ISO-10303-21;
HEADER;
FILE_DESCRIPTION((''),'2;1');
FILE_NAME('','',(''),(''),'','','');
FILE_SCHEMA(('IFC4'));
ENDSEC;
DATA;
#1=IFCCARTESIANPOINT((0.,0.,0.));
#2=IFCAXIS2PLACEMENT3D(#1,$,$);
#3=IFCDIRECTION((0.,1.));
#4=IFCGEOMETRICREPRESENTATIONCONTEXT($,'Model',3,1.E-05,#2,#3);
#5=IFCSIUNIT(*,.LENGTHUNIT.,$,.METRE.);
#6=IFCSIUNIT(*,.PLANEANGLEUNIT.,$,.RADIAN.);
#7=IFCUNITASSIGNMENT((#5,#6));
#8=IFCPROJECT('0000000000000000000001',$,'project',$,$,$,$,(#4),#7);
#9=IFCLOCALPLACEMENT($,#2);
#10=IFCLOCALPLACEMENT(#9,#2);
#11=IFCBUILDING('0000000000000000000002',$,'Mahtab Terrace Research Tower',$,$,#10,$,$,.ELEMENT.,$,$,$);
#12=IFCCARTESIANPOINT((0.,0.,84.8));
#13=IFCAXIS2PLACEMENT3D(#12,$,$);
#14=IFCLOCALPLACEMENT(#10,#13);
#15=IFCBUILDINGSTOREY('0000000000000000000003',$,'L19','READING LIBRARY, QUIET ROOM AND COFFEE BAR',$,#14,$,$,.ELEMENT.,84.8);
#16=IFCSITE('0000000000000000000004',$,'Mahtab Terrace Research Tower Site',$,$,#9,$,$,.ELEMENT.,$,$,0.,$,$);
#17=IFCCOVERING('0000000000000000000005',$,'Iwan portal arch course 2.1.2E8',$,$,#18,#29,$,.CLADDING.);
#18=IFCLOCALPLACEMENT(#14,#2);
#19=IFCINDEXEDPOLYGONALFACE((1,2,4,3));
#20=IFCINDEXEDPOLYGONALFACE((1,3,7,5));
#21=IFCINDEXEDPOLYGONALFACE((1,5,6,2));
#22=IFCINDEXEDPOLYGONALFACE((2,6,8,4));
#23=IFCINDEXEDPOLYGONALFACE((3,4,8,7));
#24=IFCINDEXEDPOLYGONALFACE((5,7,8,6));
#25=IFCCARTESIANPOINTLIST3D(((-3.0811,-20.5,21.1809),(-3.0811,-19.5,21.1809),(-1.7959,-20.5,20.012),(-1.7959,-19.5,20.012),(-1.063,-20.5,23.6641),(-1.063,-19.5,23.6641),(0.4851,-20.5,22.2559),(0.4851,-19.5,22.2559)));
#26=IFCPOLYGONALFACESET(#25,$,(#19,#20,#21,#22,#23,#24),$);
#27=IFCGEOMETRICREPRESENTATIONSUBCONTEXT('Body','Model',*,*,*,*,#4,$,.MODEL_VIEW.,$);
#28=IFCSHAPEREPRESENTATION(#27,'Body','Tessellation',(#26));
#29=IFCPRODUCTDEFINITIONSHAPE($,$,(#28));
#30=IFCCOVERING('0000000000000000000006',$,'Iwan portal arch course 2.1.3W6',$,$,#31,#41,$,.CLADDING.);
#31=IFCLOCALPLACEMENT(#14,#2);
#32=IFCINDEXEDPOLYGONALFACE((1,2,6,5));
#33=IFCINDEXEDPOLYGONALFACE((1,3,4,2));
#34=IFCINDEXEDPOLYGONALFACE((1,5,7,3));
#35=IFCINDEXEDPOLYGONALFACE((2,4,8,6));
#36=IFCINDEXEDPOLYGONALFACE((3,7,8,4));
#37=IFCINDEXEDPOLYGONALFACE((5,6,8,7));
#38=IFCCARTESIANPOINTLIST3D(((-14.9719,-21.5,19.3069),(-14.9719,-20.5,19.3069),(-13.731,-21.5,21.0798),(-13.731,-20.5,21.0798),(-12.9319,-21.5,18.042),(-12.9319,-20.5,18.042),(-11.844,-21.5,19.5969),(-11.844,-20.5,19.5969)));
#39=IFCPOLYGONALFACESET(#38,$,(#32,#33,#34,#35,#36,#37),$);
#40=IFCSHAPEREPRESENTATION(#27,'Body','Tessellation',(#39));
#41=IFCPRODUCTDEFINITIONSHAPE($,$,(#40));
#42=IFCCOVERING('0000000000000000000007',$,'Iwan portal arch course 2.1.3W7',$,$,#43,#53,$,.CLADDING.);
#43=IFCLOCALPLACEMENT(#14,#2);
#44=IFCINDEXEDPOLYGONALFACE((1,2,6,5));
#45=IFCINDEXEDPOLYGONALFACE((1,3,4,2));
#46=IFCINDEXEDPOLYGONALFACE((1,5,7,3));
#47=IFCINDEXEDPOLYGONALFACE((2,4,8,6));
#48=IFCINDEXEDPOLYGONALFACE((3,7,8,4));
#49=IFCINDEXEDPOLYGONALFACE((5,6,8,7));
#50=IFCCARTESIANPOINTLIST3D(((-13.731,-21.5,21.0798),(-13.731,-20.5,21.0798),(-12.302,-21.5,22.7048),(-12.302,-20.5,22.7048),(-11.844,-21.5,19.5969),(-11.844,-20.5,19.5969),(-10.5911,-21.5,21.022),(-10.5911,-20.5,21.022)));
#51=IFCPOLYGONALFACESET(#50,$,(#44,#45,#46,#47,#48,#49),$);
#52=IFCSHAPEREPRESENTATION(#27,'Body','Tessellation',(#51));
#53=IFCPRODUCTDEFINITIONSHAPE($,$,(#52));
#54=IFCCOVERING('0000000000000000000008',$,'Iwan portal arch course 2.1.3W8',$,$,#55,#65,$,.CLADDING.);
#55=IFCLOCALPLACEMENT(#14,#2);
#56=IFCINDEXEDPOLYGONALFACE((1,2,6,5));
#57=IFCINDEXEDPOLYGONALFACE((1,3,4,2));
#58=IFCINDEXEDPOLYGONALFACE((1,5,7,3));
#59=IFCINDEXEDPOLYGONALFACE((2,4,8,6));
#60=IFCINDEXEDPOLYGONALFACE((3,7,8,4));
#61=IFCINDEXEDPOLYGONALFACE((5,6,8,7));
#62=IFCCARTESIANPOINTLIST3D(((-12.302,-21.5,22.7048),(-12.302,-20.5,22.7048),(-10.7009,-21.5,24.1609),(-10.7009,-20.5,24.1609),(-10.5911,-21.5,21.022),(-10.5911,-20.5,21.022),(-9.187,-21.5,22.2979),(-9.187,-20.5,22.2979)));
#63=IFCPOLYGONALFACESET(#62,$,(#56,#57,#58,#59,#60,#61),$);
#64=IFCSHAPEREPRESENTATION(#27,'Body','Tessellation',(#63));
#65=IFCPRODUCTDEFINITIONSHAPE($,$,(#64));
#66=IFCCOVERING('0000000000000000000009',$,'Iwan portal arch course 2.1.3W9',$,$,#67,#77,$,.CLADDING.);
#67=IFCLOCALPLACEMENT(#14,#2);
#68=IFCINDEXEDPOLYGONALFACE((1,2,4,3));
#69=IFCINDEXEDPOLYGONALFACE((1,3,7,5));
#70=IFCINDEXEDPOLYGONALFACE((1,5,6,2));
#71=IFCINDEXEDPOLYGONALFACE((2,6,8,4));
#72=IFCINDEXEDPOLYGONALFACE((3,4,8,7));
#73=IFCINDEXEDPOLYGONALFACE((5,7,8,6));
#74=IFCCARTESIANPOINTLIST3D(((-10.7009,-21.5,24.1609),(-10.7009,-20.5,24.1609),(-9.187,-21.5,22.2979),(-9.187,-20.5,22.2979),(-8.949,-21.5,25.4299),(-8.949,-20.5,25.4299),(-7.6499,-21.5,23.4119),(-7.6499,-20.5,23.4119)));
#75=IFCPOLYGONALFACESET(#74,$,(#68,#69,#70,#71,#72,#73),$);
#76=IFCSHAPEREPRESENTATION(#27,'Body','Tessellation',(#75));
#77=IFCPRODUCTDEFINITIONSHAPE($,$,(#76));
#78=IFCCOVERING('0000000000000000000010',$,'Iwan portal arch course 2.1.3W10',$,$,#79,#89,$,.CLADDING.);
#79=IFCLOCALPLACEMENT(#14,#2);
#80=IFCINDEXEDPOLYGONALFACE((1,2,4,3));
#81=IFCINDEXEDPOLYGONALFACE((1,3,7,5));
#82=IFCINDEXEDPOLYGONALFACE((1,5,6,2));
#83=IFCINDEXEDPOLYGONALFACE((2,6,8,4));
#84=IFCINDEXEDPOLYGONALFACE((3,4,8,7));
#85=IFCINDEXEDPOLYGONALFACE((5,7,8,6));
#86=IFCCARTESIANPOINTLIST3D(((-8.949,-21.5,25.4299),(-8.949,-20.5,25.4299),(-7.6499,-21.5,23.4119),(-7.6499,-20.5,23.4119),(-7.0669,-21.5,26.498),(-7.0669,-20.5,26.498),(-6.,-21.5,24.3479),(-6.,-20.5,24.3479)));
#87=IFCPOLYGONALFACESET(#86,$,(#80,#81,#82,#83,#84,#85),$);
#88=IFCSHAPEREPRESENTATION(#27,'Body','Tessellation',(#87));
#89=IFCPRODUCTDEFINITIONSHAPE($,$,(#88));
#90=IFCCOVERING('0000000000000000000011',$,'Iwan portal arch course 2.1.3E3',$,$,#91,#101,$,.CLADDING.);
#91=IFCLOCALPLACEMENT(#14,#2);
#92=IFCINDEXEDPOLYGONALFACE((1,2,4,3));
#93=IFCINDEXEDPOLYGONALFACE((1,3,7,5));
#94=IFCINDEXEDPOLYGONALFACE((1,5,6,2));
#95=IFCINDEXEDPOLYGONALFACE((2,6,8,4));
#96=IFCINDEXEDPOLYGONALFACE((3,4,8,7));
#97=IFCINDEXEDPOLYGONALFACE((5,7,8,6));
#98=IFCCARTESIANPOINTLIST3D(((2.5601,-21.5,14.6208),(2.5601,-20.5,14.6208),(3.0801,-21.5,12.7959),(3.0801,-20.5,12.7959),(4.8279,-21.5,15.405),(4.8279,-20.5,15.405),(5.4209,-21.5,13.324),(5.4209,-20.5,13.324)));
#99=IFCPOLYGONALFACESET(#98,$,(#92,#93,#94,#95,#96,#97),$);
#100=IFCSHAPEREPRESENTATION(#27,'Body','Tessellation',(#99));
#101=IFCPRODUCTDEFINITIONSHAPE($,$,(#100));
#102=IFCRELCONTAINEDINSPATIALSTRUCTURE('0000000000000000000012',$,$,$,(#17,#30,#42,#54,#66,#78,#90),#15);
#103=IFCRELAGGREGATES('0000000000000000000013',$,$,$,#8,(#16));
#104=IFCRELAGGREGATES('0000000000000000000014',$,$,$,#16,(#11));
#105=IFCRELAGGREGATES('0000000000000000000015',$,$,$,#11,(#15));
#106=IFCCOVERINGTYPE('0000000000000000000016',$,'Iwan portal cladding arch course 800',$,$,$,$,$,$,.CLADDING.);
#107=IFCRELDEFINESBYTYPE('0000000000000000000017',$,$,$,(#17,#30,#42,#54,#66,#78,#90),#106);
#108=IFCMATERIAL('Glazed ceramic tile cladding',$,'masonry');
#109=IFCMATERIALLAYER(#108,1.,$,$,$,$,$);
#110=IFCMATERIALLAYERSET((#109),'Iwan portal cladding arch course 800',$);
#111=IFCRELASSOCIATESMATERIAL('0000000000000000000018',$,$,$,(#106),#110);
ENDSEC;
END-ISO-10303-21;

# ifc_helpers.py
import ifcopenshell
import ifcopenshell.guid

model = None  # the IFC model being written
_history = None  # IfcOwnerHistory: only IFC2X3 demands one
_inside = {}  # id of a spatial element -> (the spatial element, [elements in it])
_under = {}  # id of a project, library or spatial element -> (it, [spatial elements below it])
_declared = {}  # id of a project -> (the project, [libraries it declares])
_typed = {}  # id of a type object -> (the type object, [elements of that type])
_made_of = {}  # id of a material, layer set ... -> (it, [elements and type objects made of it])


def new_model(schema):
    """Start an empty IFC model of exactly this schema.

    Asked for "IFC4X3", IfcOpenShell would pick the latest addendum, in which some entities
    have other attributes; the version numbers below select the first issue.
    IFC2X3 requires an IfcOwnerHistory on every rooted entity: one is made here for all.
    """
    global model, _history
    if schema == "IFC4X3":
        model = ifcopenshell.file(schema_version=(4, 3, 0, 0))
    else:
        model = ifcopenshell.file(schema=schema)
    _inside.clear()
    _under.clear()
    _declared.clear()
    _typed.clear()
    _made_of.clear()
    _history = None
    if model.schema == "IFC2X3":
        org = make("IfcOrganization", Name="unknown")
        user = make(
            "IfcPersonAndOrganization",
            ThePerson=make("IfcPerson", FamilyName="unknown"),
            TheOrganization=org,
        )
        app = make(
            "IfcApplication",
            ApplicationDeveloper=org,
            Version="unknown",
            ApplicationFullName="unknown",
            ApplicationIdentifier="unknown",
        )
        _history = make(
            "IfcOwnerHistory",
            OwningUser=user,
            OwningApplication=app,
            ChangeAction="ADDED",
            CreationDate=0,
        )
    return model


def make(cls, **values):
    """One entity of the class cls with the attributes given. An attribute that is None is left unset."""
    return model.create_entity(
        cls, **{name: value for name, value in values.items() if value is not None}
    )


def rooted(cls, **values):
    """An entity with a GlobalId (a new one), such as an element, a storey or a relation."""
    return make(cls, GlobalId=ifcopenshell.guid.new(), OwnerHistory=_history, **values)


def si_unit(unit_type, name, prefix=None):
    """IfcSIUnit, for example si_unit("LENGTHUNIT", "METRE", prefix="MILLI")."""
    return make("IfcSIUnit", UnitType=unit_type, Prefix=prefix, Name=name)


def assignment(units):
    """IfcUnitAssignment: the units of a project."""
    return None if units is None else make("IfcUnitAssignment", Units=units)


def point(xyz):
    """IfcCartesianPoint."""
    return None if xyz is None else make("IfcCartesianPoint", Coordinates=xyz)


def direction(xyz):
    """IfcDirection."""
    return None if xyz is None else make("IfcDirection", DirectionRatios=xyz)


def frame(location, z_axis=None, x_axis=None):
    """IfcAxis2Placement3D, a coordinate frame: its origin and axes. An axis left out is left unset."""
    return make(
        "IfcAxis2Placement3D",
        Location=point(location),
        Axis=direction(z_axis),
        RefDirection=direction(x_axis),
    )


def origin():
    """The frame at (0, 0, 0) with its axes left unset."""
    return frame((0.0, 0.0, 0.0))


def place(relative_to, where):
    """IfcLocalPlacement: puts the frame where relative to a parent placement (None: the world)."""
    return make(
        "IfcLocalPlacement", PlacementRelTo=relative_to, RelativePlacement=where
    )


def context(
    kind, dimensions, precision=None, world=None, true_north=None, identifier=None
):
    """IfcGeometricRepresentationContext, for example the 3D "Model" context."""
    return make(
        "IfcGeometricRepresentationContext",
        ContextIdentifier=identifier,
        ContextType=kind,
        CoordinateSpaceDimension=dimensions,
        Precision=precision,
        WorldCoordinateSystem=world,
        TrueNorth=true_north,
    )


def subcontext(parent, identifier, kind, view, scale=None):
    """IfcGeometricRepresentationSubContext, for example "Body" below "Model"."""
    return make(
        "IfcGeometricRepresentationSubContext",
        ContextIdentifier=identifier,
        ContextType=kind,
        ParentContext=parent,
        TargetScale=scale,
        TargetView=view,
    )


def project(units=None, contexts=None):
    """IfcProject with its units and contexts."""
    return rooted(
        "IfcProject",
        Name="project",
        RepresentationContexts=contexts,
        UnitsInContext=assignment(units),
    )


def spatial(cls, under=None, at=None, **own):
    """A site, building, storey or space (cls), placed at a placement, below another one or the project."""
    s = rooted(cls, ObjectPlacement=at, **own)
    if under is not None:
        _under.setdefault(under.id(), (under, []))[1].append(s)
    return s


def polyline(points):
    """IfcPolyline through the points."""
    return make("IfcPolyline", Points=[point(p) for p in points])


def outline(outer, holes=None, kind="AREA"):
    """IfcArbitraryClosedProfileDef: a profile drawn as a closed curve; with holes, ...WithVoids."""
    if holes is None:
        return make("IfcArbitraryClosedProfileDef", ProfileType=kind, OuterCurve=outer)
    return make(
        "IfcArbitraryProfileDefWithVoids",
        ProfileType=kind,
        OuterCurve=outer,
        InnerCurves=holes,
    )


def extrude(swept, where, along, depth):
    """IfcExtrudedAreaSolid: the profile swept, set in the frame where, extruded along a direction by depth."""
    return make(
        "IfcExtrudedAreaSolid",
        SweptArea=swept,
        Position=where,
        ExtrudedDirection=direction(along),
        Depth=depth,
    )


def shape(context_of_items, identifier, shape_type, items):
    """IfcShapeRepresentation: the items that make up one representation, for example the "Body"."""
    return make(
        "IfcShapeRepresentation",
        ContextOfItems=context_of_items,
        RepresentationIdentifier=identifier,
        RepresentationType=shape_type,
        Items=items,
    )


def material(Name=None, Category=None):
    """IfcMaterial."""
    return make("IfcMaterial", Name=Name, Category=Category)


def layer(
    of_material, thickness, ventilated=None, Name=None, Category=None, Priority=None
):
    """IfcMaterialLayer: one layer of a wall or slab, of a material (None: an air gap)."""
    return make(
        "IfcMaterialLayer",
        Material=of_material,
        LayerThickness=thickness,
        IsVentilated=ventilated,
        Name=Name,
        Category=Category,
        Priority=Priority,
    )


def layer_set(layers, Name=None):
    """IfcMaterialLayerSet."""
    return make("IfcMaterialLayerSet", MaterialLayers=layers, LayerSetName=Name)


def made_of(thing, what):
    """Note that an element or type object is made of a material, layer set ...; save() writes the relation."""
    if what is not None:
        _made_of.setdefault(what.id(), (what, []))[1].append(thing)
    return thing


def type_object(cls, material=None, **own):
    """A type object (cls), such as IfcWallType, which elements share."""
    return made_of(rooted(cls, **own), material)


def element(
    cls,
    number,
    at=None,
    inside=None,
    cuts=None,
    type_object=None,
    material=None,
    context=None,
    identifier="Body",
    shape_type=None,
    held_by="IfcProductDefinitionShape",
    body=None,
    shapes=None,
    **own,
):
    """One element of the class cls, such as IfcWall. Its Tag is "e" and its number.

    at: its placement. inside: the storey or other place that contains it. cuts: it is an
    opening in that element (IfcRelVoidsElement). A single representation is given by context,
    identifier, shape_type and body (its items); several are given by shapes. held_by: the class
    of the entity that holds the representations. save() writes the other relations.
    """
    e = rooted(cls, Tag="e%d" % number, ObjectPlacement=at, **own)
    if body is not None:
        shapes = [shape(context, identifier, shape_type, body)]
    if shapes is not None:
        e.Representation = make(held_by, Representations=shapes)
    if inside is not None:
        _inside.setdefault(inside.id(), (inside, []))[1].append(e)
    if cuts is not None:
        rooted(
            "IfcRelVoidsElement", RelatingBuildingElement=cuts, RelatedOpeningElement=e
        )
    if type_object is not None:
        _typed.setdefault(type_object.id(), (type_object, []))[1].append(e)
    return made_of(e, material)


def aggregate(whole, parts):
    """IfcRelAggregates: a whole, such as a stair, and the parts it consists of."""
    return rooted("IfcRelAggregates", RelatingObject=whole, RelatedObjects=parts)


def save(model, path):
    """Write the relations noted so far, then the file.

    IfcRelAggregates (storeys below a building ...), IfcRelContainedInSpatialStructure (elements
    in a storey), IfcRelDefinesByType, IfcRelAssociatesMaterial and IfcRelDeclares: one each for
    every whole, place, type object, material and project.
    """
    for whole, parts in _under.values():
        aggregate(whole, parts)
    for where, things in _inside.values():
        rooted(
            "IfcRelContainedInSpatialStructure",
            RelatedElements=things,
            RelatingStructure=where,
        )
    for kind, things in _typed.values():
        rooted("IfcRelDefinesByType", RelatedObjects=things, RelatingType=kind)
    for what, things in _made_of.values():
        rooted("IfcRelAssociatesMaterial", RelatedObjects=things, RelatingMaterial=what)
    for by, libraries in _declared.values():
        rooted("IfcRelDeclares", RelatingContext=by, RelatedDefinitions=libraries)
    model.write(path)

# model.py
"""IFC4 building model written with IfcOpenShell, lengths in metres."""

from ifc_helpers import new_model, si_unit, direction, frame, origin, place, context, subcontext, project, spatial, polyline, outline, extrude, material, layer, layer_set, type_object, element, save


model = new_model("IFC4")

# Units and contexts
model_context = context("Model", 3, precision=1e-05, world=origin(), true_north=direction((0.0, 1.0)))
body_context = subcontext(model_context, "Body", "Model", "MODEL_VIEW")
ifc_project = project(units=[si_unit("LENGTHUNIT", "METRE"), si_unit("PLANEANGLEUNIT", "RADIAN")], contexts=[model_context])

# Site, building, storey
site_placement = place(None, origin())
site = spatial("IfcSite", under=ifc_project, at=site_placement, Name="Mahtab Terrace Research Tower Site", CompositionType="ELEMENT", RefElevation=0.0)
building_placement = place(site_placement, origin())
building = spatial("IfcBuilding", under=site, at=building_placement, Name="Mahtab Terrace Research Tower", CompositionType="ELEMENT")
storey_placement = place(building_placement, frame((0.0, 0.0, 84.8)))
storey = spatial("IfcBuildingStorey", under=building, at=storey_placement, Name="L19", Description="READING LIBRARY, QUIET ROOM AND COFFEE BAR", CompositionType="ELEMENT", Elevation=84.8)

# Coverings
ifc_material = material(Name="Glazed ceramic tile cladding", Category="masonry")
ifc_layer = layer(ifc_material, 1.0)
ifc_layer_set = layer_set([ifc_layer], Name="Iwan portal cladding arch course 800")
covering_type = type_object("IfcCoveringType", Name="Iwan portal cladding arch course 800", PredefinedType="CLADDING", material=ifc_layer_set)
covering_1_placement = place(storey_placement, frame((-1.7959, -19.5, 20.012), z_axis=(0.0, 1.0, 0.0), x_axis=(-0.739762, 0.0, 0.672869)))
element("IfcCovering", 1, at=covering_1_placement, inside=storey, type_object=covering_type, Name="Iwan portal arch course 2.1.2E8", PredefinedType="CLADDING", context=body_context, shape_type="SweptSolid", body=[
    extrude(outline(polyline([(0.0, 0.0), (1.7373, 0.0), (1.9152, 3.1948), (-0.1776, 3.1948), (0.0, 0.0)])), origin(), (0.0, 0.0, -1.0), 1.0),
])
covering_2_placement = place(storey_placement, frame((-14.9719, -20.5, 19.3069), z_axis=(0.0, 1.0, 0.0), x_axis=(0.573432, 0.0, 0.819253)))
element("IfcCovering", 2, at=covering_2_placement, inside=storey, type_object=covering_type, Name="Iwan portal arch course 2.1.3W6", PredefinedType="CLADDING", context=body_context, shape_type="SweptSolid", body=[
    extrude(outline(polyline([(0.0, 0.0), (2.1641, 0.0), (2.0313, 2.3962), (0.1336, 2.3966), (0.0, 0.0)])), origin(), (0.0, 0.0, -1.0), 1.0),
])
covering_3_placement = place(storey_placement, frame((-13.731, -20.5, 21.0798), z_axis=(0.0, 1.0, 0.0), x_axis=(0.660356, 0.0, 0.750953)))
element("IfcCovering", 3, at=covering_3_placement, inside=storey, type_object=covering_type, Name="Iwan portal arch course 2.1.3W7", PredefinedType="CLADDING", context=body_context, shape_type="SweptSolid", body=[
    extrude(outline(polyline([(0.0, 0.0), (2.1639, 0.0), (2.03, 2.3961), (0.1325, 2.3963), (0.0, 0.0)])), origin(), (0.0, 0.0, -1.0), 1.0),
])
covering_4_placement = place(storey_placement, frame((-12.302, -20.5, 22.7048), z_axis=(0.0, 1.0, 0.0), x_axis=(0.739818, 0.0, 0.672808)))
element("IfcCovering", 4, at=covering_4_placement, inside=storey, type_object=covering_type, Name="Iwan portal arch course 2.1.3W8", PredefinedType="CLADDING", context=body_context, shape_type="SweptSolid", body=[
    extrude(outline(polyline([(0.0, 0.0), (2.1641, 0.0), (2.0307, 2.3969), (0.1335, 2.3961), (0.0, 0.0)])), origin(), (0.0, 0.0, -1.0), 1.0),
])
covering_5_placement = place(storey_placement, frame((-10.7009, -20.5, 24.1609), z_axis=(0.0, 1.0, 0.0), x_axis=(0.809857, 0.0, 0.586627)))
element("IfcCovering", 5, at=covering_5_placement, inside=storey, type_object=covering_type, Name="Iwan portal arch course 2.1.3W9", PredefinedType="CLADDING", context=body_context, shape_type="SweptSolid", body=[
    extrude(outline(polyline([(0.0, 0.0), (2.1633, 0.0), (2.0315, 2.3964), (0.1331, 2.3969), (0.0, 0.0)])), origin(), (0.0, 0.0, -1.0), 1.0),
])
covering_6_placement = place(storey_placement, frame((-8.949, -20.5, 25.4299), z_axis=(0.0, 1.0, 0.0), x_axis=(0.869704, 0.0, 0.493573)))
element("IfcCovering", 6, at=covering_6_placement, inside=storey, type_object=covering_type, Name="Iwan portal arch course 2.1.3W10", PredefinedType="CLADDING", context=body_context, shape_type="SweptSolid", body=[
    extrude(outline(polyline([(0.0, 0.0), (2.164, 0.0), (2.0307, 2.3966), (0.1337, 2.3963), (0.0, 0.0)])), origin(), (0.0, 0.0, -1.0), 1.0),
])
covering_7_placement = place(storey_placement, frame((3.0801, -20.5, 12.7959), z_axis=(0.0, 1.0, 0.0), x_axis=(-0.274041, 0.0, 0.961718)))
element("IfcCovering", 7, at=covering_7_placement, inside=storey, type_object=covering_type, Name="Iwan portal arch course 2.1.3E3", PredefinedType="CLADDING", context=body_context, shape_type="SweptSolid", body=[
    extrude(outline(polyline([(0.0, 0.0), (1.8976, 0.0), (2.0303, 2.3959), (-0.1336, 2.3959), (0.0, 0.0)])), origin(), (0.0, 0.0, -1.0), 1.0),
])

save(model, "model.ifc")
